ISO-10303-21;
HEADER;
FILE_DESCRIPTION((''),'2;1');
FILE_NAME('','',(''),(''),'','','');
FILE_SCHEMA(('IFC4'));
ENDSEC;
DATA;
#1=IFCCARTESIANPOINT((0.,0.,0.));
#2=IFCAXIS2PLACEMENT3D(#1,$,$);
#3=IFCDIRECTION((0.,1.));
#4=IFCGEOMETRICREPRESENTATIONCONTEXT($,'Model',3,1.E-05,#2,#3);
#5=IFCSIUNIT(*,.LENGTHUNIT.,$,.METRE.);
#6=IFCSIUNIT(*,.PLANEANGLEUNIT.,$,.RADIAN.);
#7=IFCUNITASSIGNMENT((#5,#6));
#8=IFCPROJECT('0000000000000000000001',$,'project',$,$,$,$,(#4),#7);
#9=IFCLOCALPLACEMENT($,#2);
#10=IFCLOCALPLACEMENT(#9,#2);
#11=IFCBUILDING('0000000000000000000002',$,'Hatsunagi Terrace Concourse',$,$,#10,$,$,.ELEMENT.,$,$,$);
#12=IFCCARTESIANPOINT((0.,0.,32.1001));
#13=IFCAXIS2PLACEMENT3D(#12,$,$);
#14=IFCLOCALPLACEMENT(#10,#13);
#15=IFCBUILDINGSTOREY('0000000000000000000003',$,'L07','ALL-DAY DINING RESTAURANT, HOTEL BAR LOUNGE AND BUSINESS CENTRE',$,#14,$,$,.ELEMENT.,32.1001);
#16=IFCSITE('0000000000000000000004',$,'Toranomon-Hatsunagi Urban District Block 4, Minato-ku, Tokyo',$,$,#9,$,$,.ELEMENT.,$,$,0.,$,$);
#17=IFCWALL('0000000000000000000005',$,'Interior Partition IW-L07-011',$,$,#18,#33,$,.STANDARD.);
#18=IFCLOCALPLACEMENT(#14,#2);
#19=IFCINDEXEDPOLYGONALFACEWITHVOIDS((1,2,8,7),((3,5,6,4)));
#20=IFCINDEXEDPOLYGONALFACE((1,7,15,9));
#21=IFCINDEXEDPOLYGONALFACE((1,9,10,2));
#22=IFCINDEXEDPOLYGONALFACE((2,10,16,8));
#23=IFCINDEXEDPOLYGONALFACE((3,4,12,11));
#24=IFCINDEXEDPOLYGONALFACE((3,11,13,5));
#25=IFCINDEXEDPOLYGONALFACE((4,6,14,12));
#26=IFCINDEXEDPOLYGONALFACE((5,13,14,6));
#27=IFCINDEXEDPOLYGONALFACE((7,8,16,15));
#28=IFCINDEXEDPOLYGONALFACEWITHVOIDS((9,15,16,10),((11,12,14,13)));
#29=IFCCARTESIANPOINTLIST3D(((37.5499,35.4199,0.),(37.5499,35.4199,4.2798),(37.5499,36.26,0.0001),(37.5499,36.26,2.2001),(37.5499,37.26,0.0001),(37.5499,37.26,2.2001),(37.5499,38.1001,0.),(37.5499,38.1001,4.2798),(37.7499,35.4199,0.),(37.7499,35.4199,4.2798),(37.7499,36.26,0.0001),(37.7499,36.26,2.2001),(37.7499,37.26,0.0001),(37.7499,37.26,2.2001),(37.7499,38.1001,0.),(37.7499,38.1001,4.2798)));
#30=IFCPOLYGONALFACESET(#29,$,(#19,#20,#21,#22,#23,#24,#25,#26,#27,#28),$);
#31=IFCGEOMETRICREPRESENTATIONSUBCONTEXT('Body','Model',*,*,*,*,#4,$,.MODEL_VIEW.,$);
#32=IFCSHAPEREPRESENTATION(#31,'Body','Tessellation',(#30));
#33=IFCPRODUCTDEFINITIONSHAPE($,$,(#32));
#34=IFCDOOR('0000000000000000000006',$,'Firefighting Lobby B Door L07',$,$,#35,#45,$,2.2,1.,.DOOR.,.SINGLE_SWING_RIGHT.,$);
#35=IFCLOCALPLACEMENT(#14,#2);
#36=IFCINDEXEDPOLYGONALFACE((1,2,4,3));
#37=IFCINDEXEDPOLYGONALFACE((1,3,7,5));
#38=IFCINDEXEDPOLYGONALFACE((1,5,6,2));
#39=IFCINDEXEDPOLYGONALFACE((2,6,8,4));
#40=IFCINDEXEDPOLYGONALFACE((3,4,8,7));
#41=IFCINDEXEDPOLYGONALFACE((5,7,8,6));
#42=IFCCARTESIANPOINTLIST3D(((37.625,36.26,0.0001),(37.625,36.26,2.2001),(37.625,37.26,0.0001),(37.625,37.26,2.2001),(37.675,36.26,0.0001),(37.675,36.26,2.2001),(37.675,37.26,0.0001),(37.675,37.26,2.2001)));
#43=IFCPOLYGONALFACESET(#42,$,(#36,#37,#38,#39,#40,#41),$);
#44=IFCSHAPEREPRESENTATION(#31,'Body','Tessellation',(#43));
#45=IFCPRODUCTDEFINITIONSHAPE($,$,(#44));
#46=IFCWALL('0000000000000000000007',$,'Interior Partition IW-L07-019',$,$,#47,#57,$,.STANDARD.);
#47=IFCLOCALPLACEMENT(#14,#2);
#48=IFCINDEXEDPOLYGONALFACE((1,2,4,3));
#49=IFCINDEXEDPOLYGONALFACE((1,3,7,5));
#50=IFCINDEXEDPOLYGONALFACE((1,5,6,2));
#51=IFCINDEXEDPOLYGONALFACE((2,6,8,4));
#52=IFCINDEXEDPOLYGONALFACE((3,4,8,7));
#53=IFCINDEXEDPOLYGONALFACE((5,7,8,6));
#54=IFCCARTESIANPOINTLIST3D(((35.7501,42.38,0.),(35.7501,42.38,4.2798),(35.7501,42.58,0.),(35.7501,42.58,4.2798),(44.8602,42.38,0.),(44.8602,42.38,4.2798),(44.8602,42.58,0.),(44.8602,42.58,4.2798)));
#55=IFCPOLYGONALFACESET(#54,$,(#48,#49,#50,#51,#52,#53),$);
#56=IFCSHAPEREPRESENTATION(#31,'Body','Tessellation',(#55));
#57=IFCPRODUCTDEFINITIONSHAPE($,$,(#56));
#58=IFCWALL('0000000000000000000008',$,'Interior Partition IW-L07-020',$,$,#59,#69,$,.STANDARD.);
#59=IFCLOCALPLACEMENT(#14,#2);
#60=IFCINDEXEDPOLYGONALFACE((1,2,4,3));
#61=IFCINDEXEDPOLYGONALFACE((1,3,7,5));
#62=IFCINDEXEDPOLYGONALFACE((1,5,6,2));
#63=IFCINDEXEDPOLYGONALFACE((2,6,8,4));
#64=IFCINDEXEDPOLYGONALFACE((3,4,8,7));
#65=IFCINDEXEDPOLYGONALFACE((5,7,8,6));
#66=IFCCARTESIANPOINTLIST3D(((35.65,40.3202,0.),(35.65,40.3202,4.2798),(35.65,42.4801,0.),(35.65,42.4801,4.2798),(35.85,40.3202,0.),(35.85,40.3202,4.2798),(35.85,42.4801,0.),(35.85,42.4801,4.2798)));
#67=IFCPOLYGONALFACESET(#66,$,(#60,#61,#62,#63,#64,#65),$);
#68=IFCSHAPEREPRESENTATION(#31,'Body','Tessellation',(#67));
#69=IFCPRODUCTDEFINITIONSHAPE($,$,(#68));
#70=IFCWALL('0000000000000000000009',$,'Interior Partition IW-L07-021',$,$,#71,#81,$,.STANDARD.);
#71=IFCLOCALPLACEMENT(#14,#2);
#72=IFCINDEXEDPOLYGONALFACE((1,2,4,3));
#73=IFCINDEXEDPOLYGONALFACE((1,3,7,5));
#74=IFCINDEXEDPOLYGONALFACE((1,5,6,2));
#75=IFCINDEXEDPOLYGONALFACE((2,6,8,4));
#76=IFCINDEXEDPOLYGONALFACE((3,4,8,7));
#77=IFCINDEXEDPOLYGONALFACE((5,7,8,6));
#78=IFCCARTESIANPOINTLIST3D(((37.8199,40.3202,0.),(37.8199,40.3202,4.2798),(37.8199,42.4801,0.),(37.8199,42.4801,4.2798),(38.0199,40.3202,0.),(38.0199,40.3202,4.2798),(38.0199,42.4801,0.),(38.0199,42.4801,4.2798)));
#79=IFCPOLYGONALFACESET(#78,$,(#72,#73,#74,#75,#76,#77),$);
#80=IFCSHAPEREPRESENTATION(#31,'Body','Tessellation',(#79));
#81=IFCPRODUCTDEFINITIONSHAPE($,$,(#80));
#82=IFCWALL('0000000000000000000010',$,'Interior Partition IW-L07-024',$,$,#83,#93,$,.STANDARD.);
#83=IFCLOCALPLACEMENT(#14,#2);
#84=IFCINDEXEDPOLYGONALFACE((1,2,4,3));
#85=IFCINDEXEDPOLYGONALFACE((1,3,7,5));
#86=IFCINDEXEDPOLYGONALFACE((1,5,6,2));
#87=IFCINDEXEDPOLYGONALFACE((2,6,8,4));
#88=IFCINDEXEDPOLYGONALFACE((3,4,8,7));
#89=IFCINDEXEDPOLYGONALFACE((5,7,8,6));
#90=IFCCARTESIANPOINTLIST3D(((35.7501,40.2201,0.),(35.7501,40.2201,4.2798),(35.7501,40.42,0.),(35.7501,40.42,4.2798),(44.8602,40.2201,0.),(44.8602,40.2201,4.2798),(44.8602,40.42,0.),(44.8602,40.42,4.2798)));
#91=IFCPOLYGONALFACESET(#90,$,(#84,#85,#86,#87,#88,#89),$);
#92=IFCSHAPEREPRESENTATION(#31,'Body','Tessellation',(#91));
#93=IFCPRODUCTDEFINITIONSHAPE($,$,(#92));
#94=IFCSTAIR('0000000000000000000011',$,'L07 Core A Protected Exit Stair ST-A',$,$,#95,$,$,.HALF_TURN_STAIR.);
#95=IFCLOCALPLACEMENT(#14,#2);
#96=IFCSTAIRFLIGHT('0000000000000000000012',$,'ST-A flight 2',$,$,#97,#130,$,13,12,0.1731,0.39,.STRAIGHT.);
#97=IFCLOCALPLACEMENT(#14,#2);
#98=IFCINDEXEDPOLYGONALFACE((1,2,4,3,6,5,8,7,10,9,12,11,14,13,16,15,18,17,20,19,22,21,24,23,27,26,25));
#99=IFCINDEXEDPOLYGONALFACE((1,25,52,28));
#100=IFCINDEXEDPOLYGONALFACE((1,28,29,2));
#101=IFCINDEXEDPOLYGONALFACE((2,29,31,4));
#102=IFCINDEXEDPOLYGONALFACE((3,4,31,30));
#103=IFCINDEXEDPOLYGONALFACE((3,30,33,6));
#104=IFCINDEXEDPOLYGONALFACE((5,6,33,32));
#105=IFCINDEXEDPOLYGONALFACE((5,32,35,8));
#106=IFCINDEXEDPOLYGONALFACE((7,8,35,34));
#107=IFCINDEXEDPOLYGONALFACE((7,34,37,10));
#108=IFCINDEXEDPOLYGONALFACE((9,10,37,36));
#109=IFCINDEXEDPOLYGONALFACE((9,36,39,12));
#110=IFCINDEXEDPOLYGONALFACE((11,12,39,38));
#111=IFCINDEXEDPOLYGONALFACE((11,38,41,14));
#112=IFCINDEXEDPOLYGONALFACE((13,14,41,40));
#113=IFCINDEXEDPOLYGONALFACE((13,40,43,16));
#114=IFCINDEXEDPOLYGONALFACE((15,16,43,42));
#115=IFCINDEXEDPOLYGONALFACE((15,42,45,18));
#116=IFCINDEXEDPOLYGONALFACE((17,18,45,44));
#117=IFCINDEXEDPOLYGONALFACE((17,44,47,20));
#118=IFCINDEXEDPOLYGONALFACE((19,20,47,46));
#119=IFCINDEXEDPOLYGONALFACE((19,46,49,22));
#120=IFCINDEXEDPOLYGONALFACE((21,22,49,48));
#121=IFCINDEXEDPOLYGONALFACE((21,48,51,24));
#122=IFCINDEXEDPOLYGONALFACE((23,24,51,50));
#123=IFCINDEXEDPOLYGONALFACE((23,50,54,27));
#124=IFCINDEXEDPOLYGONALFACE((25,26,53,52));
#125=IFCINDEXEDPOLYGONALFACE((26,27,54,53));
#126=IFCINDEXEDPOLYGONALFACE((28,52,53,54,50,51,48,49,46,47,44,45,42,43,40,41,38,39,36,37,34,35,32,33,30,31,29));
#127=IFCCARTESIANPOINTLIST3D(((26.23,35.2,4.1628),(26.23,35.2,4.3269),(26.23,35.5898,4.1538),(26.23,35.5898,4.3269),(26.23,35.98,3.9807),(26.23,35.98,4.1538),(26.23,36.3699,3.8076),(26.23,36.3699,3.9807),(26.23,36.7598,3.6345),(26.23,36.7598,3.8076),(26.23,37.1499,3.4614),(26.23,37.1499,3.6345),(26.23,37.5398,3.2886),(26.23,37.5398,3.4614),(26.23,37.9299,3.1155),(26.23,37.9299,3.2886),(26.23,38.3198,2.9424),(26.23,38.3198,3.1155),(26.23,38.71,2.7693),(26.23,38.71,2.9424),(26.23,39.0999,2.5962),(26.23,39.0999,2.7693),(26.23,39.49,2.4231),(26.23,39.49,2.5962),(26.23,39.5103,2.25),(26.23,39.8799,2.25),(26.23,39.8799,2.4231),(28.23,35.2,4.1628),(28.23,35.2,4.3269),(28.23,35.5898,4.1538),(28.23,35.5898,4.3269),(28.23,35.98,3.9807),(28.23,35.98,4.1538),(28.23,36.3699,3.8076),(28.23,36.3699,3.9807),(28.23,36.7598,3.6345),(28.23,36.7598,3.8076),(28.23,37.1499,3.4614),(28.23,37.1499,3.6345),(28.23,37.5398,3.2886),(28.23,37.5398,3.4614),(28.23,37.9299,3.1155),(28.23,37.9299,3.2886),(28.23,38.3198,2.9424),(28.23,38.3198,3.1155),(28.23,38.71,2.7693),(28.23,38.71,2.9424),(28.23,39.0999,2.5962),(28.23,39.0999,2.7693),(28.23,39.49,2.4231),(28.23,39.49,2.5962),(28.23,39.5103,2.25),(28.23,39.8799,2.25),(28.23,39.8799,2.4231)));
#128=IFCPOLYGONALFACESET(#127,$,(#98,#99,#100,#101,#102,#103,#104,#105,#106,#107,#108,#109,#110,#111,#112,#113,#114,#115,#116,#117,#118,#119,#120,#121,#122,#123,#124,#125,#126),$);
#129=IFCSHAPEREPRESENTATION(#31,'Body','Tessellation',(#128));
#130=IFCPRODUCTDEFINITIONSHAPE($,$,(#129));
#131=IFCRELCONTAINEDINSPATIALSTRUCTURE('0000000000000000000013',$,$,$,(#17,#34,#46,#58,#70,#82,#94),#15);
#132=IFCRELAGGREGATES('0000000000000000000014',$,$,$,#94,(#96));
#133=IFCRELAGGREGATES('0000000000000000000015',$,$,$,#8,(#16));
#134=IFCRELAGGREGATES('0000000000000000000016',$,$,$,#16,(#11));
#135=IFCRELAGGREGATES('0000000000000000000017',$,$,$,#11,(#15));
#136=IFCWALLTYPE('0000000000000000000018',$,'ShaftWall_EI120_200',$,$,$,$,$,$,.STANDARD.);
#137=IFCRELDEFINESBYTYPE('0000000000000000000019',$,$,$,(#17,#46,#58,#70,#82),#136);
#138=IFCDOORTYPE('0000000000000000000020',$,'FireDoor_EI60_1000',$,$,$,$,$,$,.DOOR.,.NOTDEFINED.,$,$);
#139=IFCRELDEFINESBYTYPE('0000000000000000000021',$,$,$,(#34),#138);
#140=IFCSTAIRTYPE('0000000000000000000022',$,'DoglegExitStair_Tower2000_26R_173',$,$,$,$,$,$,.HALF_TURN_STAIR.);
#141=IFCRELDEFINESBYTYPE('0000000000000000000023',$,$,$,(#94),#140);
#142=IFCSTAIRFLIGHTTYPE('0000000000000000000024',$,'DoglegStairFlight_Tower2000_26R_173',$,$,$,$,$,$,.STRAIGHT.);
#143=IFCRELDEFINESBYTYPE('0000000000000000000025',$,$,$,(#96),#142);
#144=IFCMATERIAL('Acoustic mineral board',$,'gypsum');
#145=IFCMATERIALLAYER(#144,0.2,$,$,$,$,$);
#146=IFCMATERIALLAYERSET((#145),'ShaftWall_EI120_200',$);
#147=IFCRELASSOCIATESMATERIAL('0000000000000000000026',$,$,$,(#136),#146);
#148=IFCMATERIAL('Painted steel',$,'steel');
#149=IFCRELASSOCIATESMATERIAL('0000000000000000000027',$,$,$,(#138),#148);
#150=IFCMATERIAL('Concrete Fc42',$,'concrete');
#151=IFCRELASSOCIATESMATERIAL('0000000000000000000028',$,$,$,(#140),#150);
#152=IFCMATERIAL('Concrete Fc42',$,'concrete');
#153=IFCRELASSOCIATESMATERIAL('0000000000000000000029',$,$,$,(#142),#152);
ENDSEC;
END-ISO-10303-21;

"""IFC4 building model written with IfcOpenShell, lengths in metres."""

from ifc_helpers import new_model, si_unit, direction, frame, frame_2d, origin, place, context, subcontext, project, spatial, polyline, rectangle, outline, extrude, material, layer, layer_set, type_object, element, fill, aggregate, save


model = new_model("IFC4")

# Units and contexts
model_context = context("Model", 3, precision=1e-05, world=origin(), true_north=direction((0.0, 1.0)))
body_context = subcontext(model_context, "Body", "Model", "MODEL_VIEW")
ifc_project = project(units=[si_unit("LENGTHUNIT", "METRE"), si_unit("PLANEANGLEUNIT", "RADIAN")], contexts=[model_context])

# Site, building, storey
site_placement = place(None, origin())
site = spatial("IfcSite", under=ifc_project, at=site_placement, Name="Toranomon-Hatsunagi Urban District Block 4, Minato-ku, Tokyo", CompositionType="ELEMENT", RefElevation=0.0)
building_placement = place(site_placement, origin())
building = spatial("IfcBuilding", under=site, at=building_placement, Name="Hatsunagi Terrace Concourse", CompositionType="ELEMENT")
storey_placement = place(building_placement, frame((0.0, 0.0, 32.1001)))
storey = spatial("IfcBuildingStorey", under=building, at=storey_placement, Name="L07", Description="ALL-DAY DINING RESTAURANT, HOTEL BAR LOUNGE AND BUSINESS CENTRE", CompositionType="ELEMENT", Elevation=32.1001)

# Shared definitions
ifc_material_1 = material(Name="Acoustic mineral board", Category="gypsum")
ifc_layer_1 = layer(ifc_material_1, 0.2)
ifc_layer_set_1 = layer_set([ifc_layer_1], Name="ShaftWall_EI120_200")
wall_type_1 = type_object("IfcWallType", Name="ShaftWall_EI120_200", PredefinedType="STANDARD", material=ifc_layer_set_1)

# Wall, opening, door
wall_1_placement = place(storey_placement, frame((37.6499, 35.4199, 0.0), z_axis=(0.0, 0.0, 1.0), x_axis=(0.0, 1.0, 0.0)))
wall_1 = element("IfcWall", 1, at=wall_1_placement, inside=storey, type_object=wall_type_1, Name="Interior Partition IW-L07-011", PredefinedType="STANDARD", context=body_context, shape_type="SweptSolid", body=[
    extrude(rectangle(XDim=2.6802, YDim=0.2, at=frame_2d((1.3401, 0.0))), origin(), (0.0, 0.0, 1.0), 4.2798),
])
opening_1_placement = place(wall_1_placement, frame((0.8401, 0.0, 0.0)))
opening_1 = element("IfcOpeningElement", 2, at=opening_1_placement, cuts=wall_1, PredefinedType="OPENING", context=body_context, shape_type="SweptSolid", body=[
    extrude(rectangle(XDim=1.0, YDim=2.2, at=frame_2d((0.5, 1.1001))), frame((0.0, 0.1099, 0.0), z_axis=(0.0, -1.0, 0.0), x_axis=(1.0, 0.0, 0.0)), (0.0, 0.0, 1.0), 0.22),
])
ifc_material_2 = material(Name="Painted steel", Category="steel")
door_type_1 = type_object("IfcDoorType", Name="FireDoor_EI60_1000", OperationType="NOTDEFINED", PredefinedType="DOOR", material=ifc_material_2)
door_1_placement = place(opening_1_placement, origin())
door_1 = element("IfcDoor", 3, at=door_1_placement, inside=storey, type_object=door_type_1, Name="Firefighting Lobby B Door L07", OperationType="SINGLE_SWING_RIGHT", OverallHeight=2.2, OverallWidth=1.0, PredefinedType="DOOR", context=body_context, shape_type="SweptSolid", body=[
    extrude(rectangle(XDim=1.0, YDim=2.2, at=frame_2d((0.5, 1.1001))), frame((0.0, 0.0249, 0.0), z_axis=(0.0, -1.0, 0.0), x_axis=(1.0, 0.0, 0.0)), (0.0, 0.0, 1.0), 0.05),
])
fill(opening_1, door_1)

# Walls
wall_2_placement = place(storey_placement, frame((35.75, 42.48, 0.0), z_axis=(0.0, 0.0, 1.0), x_axis=(1.0, 0.0, 0.0)))
element("IfcWall", 4, at=wall_2_placement, inside=storey, type_object=wall_type_1, Name="Interior Partition IW-L07-019", PredefinedType="STANDARD", context=body_context, shape_type="SweptSolid", body=[
    extrude(rectangle(XDim=9.1101, YDim=0.2, at=frame_2d((4.5552, 0.0))), origin(), (0.0, 0.0, 1.0), 4.2798),
])
for number, where, z_axis, x_axis, name in (
    (5, (35.75, 40.3201, 0.0), (0.0, 0.0, 1.0), (0.0, 1.0, 0.0), "Interior Partition IW-L07-020"),
    (6, (37.9199, 40.3201, 0.0), (0.0, 0.0, 1.0), (0.0, 1.0, 0.0), "Interior Partition IW-L07-021"),
):
    element("IfcWall", number, at=place(storey_placement, frame(where, z_axis=z_axis, x_axis=x_axis)), inside=storey, type_object=wall_type_1, Name=name, PredefinedType="STANDARD", context=body_context, shape_type="SweptSolid", body=[
        extrude(rectangle(XDim=2.1599, YDim=0.2, at=frame_2d((1.0801, 0.0))), origin(), (0.0, 0.0, 1.0), 4.2798),
    ])
wall_3_placement = place(storey_placement, frame((35.75, 40.3201, 0.0), z_axis=(0.0, 0.0, 1.0), x_axis=(1.0, 0.0, 0.0)))
element("IfcWall", 7, at=wall_3_placement, inside=storey, type_object=wall_type_1, Name="Interior Partition IW-L07-024", PredefinedType="STANDARD", context=body_context, shape_type="SweptSolid", body=[
    extrude(rectangle(XDim=9.1101, YDim=0.2, at=frame_2d((4.5552, 0.0))), origin(), (0.0, 0.0, 1.0), 4.2798),
])

# Stair, stair flight
ifc_material_3 = material(Name="Concrete Fc42", Category="concrete")
stair_type = type_object("IfcStairType", Name="DoglegExitStair_Tower2000_26R_173", PredefinedType="HALF_TURN_STAIR", material=ifc_material_3)
stair_placement = place(storey_placement, origin())
stair = element("IfcStair", 8, at=stair_placement, inside=storey, type_object=stair_type, Name="L07 Core A Protected Exit Stair ST-A", PredefinedType="HALF_TURN_STAIR")
ifc_material_4 = material(Name="Concrete Fc42", Category="concrete")
stair_flight_type = type_object("IfcStairFlightType", Name="DoglegStairFlight_Tower2000_26R_173", PredefinedType="STRAIGHT", material=ifc_material_4)
stair_flight_placement = place(storey_placement, frame((27.23, 39.8799, 2.25), z_axis=(0.0, 0.0, 1.0), x_axis=(0.0, -1.0, 0.0)))
stair_flight = element("IfcStairFlight", 9, at=stair_flight_placement, type_object=stair_flight_type, Name="ST-A flight 2", NumberOfRisers=13, NumberOfTreads=12, PredefinedType="STRAIGHT", RiserHeight=0.1731, TreadLength=0.39, context=body_context, shape_type="SweptSolid", body=[
    extrude(outline(polyline([(0.0, 0.0), (0.0, 0.1731), (0.3899, 0.1731), (0.3899, 0.3462), (0.78, 0.3462), (0.78, 0.5193), (1.1699, 0.5193), (1.1699, 0.6924), (1.5601, 0.6924), (1.5601, 0.8655), (1.95, 0.8655), (1.95, 1.0386), (2.3401, 1.0386), (2.3401, 1.2114), (2.73, 1.2114), (2.73, 1.3845), (3.1201, 1.3845), (3.1201, 1.5576), (3.51, 1.5576), (3.51, 1.7307), (3.8999, 1.7307), (3.8999, 1.9038), (4.29, 1.9038), (4.29, 2.0769), (4.6799, 2.0769), (4.6799, 2.25), (4.6799, 1.9128), (0.3696, 0.0), (0.0, 0.0)])), frame((0.0, 1.0, 0.0), z_axis=(0.0, -1.0, 0.0), x_axis=(1.0, 0.0, 0.0)), (0.0, 0.0, 1.0), 2.0),
])
aggregate(stair, [stair_flight])

save(model, "model.ifc")
